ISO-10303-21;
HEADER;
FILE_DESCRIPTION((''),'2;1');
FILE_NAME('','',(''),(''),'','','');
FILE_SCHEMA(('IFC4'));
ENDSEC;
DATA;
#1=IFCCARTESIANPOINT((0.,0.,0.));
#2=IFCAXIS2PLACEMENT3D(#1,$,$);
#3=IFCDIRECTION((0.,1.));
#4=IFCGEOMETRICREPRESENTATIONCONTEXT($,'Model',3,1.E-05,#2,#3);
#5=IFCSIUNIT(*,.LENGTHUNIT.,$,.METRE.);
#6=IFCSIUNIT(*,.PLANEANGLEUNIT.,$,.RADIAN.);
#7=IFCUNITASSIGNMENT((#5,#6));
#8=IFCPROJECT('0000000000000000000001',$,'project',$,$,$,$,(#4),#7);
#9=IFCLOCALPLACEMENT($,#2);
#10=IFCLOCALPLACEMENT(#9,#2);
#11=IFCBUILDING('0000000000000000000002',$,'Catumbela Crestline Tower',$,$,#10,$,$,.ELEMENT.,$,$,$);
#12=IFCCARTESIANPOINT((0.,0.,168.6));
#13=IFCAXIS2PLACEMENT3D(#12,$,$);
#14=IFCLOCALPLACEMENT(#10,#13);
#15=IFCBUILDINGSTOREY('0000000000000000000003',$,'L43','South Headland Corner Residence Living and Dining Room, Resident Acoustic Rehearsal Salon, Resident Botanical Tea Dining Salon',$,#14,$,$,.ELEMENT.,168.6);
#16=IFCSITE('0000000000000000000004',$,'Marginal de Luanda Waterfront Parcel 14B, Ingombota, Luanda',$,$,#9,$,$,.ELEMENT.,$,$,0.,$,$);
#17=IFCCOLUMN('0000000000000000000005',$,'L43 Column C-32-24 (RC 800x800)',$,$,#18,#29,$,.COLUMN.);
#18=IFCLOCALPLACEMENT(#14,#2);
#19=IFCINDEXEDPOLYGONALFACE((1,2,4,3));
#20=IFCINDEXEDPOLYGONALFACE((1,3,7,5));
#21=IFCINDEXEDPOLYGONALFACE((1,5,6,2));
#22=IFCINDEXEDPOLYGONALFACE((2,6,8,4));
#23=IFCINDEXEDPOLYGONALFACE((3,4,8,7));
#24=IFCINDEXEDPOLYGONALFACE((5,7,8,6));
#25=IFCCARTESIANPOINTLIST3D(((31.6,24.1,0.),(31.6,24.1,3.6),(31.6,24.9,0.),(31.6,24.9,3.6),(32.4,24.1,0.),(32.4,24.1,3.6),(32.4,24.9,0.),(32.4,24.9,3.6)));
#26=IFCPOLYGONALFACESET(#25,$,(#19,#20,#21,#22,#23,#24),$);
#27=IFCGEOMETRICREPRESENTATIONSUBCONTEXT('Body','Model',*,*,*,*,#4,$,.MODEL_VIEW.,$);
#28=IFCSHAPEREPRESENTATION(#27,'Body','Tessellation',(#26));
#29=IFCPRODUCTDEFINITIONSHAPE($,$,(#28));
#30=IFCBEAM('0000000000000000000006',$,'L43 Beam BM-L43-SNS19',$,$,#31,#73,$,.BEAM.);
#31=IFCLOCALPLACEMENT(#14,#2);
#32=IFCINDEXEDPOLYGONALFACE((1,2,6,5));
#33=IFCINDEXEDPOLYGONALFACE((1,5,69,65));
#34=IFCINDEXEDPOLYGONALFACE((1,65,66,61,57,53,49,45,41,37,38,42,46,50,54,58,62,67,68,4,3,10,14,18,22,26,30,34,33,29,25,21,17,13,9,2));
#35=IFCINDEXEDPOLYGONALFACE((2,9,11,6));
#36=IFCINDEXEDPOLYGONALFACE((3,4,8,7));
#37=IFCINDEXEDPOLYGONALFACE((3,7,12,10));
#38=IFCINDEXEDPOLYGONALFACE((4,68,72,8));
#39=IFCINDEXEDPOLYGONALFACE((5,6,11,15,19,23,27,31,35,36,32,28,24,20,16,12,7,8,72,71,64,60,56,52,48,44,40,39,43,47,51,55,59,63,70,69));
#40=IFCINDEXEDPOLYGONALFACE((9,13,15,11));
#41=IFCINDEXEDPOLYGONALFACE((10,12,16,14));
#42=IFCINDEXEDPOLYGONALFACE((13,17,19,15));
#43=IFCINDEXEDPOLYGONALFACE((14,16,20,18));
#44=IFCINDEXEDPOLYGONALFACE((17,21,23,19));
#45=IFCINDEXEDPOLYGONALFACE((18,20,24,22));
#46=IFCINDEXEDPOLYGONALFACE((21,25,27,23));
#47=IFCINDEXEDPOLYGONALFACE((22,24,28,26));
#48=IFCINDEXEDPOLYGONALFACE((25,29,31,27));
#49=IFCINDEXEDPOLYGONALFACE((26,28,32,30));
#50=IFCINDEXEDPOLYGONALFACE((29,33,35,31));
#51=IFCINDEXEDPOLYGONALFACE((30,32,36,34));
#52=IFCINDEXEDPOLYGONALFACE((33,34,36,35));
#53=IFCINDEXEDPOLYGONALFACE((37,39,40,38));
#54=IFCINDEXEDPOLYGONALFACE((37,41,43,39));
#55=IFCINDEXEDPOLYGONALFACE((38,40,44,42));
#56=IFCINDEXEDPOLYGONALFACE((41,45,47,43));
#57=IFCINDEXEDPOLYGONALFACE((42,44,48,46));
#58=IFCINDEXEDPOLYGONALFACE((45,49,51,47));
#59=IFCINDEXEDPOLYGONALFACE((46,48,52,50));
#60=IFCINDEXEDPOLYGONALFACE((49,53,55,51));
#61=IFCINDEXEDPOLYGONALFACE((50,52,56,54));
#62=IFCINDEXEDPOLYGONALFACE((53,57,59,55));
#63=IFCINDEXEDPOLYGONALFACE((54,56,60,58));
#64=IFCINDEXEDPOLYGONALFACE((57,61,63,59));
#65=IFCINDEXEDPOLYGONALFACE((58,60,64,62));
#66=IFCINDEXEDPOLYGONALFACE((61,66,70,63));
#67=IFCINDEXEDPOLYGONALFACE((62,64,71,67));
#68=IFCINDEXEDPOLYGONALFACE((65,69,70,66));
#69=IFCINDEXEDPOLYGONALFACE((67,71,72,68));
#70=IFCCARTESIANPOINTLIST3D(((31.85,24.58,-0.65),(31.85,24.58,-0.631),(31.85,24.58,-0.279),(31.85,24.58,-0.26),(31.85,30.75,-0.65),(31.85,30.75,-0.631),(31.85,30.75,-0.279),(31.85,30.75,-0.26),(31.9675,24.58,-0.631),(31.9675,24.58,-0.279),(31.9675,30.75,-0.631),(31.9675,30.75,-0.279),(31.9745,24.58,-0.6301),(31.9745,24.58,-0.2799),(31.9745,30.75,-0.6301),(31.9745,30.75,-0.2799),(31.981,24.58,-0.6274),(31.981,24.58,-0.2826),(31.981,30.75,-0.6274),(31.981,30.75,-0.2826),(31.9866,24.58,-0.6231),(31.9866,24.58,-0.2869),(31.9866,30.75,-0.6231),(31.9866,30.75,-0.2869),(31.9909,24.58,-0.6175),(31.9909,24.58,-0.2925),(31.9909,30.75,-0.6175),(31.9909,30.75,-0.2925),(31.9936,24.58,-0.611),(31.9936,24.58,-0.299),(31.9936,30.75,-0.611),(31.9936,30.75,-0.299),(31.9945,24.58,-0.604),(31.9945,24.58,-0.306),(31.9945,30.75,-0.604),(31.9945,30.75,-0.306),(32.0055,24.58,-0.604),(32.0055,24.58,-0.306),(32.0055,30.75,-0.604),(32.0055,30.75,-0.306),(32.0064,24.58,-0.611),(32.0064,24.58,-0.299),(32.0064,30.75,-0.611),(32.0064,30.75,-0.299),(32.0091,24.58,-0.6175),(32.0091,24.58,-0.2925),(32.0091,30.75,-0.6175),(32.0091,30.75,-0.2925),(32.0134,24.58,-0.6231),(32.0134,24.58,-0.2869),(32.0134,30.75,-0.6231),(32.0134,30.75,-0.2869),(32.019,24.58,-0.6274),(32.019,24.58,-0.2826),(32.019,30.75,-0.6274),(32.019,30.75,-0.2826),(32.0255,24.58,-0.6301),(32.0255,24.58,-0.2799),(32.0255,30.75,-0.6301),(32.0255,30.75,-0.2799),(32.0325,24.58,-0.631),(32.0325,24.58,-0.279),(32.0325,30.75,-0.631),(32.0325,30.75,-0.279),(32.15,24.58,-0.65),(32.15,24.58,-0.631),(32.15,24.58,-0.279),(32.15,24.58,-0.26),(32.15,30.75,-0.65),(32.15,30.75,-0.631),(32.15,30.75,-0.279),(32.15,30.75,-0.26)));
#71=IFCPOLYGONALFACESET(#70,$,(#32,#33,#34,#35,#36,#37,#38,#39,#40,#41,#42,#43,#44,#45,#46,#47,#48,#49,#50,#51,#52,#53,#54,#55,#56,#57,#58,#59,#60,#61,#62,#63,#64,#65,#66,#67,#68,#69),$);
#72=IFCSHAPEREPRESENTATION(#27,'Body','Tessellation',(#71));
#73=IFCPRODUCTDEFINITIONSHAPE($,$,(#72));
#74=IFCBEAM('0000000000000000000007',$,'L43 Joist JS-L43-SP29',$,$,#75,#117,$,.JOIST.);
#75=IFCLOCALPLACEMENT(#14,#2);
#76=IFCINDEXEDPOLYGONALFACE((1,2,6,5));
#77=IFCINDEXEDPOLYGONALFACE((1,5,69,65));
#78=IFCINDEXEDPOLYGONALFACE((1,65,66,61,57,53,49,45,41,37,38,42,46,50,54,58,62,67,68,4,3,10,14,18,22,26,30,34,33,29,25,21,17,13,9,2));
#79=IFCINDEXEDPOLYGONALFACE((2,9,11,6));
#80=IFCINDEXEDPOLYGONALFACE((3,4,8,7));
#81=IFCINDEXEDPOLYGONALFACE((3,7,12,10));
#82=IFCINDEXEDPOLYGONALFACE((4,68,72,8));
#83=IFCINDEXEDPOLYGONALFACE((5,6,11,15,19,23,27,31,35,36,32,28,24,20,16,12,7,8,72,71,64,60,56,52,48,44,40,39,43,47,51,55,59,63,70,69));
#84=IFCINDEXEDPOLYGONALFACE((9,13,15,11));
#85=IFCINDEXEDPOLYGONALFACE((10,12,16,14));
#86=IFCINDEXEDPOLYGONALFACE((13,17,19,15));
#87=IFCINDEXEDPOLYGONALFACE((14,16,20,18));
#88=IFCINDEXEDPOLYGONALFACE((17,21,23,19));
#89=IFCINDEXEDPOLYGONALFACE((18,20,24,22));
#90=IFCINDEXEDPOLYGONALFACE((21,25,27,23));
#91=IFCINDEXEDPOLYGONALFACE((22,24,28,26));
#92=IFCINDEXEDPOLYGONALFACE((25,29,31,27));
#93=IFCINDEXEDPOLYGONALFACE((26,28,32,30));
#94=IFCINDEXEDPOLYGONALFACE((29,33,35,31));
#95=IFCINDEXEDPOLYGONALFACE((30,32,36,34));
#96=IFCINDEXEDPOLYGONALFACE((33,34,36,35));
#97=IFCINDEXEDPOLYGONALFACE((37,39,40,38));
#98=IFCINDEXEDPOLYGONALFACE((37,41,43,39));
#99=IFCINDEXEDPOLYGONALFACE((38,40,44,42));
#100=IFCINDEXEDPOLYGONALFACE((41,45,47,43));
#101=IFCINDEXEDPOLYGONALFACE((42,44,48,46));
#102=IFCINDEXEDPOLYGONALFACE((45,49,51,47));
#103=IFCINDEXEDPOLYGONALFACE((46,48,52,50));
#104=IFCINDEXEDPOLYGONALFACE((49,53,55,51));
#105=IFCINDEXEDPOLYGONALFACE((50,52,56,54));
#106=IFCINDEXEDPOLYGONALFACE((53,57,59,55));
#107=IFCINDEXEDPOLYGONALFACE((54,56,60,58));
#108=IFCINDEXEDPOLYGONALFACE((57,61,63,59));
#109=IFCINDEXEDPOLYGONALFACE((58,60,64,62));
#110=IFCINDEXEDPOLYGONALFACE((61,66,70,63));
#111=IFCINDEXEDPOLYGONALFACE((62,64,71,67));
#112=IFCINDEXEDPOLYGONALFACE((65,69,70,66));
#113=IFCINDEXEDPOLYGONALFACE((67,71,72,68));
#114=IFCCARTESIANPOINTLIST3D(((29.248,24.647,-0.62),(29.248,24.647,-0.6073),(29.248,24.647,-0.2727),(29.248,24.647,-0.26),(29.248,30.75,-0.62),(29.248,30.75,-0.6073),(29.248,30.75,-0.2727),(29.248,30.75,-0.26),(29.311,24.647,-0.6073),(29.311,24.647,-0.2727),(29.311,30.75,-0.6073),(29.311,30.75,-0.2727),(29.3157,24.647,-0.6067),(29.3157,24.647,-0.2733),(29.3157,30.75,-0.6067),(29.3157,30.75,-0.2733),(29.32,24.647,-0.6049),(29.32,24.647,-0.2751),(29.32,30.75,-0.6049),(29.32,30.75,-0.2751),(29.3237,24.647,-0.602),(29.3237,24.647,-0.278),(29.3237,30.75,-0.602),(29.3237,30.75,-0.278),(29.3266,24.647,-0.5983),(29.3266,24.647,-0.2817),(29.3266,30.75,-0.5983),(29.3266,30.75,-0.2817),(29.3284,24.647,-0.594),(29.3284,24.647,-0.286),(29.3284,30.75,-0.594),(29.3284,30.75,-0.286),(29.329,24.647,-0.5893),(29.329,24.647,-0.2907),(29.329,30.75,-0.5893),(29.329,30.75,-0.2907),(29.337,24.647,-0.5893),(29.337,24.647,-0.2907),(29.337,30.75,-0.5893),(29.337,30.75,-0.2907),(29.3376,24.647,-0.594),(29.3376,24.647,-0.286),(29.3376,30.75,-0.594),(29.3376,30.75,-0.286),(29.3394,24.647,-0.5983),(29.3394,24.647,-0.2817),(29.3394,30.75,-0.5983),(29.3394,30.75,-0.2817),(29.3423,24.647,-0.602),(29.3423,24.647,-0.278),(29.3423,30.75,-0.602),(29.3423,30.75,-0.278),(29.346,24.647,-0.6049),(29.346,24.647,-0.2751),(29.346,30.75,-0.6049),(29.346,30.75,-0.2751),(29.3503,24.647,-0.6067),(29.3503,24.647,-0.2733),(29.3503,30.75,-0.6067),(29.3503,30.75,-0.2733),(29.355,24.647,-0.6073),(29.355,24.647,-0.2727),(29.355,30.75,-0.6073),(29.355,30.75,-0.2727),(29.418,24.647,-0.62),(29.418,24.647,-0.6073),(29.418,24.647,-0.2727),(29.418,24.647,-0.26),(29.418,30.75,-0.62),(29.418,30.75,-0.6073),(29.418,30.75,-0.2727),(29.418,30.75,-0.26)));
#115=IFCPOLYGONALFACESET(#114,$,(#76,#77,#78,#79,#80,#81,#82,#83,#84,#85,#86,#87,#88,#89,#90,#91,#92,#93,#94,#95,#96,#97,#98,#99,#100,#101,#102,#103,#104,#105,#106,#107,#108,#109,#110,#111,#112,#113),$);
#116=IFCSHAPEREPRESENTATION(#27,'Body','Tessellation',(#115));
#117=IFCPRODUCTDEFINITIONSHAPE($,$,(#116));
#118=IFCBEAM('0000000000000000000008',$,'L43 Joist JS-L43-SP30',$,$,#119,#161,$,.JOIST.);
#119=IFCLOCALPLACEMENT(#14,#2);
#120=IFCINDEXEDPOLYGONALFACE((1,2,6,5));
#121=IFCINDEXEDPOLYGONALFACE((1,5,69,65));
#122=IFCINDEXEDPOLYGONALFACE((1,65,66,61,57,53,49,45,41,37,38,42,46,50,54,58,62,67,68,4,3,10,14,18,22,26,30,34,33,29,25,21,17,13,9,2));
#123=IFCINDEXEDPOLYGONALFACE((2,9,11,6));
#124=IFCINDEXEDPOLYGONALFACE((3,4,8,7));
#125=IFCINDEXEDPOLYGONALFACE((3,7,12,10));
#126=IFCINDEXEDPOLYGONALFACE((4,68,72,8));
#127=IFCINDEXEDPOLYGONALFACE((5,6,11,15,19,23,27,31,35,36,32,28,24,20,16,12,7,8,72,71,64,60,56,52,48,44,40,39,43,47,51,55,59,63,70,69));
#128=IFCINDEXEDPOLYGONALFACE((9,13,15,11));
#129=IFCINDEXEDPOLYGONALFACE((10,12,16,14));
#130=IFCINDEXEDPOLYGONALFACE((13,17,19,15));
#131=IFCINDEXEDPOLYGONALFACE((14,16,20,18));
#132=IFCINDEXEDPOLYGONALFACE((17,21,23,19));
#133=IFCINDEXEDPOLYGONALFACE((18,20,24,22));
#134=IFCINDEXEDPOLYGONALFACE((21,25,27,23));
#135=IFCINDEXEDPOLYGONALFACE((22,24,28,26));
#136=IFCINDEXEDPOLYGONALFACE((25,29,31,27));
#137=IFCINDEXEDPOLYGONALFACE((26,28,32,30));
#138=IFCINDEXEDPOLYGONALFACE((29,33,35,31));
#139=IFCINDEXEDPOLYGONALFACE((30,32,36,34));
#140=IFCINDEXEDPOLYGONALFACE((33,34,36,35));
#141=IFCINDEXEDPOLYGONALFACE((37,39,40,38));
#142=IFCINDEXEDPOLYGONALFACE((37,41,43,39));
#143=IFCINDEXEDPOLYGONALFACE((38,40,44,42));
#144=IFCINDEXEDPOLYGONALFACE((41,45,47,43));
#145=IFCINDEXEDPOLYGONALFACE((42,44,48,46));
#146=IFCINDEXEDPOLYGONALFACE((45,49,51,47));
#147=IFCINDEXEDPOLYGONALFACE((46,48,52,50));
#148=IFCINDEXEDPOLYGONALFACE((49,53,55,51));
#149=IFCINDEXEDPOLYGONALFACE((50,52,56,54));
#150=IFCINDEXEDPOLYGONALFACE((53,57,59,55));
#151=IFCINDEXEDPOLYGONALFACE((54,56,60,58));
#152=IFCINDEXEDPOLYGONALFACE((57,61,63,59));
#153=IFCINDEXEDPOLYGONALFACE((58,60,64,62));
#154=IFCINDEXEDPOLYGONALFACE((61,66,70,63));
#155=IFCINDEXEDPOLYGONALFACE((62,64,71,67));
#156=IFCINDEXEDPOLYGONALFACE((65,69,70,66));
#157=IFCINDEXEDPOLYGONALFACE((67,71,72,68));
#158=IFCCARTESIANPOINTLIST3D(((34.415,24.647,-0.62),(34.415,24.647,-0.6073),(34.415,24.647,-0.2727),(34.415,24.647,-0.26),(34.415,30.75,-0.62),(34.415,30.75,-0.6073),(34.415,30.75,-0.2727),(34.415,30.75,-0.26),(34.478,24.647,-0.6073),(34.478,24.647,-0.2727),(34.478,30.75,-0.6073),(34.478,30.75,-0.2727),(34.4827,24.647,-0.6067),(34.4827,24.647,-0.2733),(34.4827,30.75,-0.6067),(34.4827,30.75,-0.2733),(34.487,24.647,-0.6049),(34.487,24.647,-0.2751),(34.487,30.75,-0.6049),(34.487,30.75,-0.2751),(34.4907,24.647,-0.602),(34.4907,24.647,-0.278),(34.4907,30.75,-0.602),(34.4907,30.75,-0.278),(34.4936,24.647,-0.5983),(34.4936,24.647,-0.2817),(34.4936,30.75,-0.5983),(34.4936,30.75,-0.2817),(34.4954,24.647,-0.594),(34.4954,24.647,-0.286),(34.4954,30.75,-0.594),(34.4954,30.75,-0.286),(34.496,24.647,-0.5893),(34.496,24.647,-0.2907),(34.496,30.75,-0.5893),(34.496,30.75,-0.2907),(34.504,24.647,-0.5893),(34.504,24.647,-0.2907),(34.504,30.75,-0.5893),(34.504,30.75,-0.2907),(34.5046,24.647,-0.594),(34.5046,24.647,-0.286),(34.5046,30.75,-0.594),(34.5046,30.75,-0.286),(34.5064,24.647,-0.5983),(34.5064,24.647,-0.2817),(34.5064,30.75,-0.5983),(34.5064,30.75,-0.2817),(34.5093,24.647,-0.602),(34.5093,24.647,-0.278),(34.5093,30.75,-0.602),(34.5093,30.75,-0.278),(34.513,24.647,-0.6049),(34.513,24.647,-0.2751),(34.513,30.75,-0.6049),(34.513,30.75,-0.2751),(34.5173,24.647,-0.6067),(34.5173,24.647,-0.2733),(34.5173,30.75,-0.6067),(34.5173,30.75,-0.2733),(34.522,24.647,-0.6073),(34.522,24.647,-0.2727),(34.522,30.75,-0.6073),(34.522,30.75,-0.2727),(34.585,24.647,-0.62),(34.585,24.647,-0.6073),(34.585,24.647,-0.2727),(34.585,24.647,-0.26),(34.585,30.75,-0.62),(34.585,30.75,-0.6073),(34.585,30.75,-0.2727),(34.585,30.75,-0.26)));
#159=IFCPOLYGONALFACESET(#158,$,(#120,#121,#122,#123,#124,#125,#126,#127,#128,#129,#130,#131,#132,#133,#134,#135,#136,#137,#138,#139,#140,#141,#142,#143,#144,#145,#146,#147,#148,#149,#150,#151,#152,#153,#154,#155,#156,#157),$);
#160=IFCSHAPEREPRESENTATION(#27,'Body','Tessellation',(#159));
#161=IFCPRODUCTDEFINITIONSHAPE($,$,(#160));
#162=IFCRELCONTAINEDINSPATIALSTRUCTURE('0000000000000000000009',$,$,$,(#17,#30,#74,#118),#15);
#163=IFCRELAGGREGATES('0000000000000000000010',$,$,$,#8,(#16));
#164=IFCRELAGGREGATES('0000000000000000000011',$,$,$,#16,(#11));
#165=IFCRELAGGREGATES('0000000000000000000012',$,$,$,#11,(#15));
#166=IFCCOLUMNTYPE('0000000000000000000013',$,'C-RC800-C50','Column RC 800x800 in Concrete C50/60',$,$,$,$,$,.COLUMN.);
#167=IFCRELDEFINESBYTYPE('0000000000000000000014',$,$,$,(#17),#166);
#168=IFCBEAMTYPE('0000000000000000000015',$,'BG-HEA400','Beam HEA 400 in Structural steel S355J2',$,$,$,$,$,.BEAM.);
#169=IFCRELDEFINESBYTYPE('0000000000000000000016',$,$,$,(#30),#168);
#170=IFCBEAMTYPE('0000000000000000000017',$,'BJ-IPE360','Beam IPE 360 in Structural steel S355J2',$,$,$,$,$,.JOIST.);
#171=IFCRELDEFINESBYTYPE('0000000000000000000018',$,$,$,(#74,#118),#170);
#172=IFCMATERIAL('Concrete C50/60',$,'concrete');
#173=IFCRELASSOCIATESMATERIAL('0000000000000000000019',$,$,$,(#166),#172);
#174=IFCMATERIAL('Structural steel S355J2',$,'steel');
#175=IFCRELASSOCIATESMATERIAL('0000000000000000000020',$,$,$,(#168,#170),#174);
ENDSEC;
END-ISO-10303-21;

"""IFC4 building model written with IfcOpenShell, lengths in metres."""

from ifc_helpers import new_model, si_unit, direction, frame, origin, origin_2d, place, context, subcontext, project, spatial, rectangle, i_section, extrude, material, material_profile, profile_set, type_object, element, save


model = new_model("IFC4")

# Units and contexts
model_context = context("Model", 3, precision=1e-05, world=origin(), true_north=direction((0.0, 1.0)))
body_context = subcontext(model_context, "Body", "Model", "MODEL_VIEW")
ifc_project = project(units=[si_unit("LENGTHUNIT", "METRE"), si_unit("PLANEANGLEUNIT", "RADIAN")], contexts=[model_context])

# Site, building, storey
site_placement = place(None, origin())
site = spatial("IfcSite", under=ifc_project, at=site_placement, Name="Marginal de Luanda Waterfront Parcel 14B, Ingombota, Luanda", CompositionType="ELEMENT", RefElevation=0.0)
building_placement = place(site_placement, origin())
building = spatial("IfcBuilding", under=site, at=building_placement, Name="Catumbela Crestline Tower", CompositionType="ELEMENT")
storey_placement = place(building_placement, frame((0.0, 0.0, 168.6)))
storey = spatial("IfcBuildingStorey", under=building, at=storey_placement, Name="L43", Description="South Headland Corner Residence Living and Dining Room, Resident Acoustic Rehearsal Salon, Resident Botanical Tea Dining Salon", CompositionType="ELEMENT", Elevation=168.6)

# Column
ifc_material_1 = material(Name="Concrete C50/60", Category="concrete")
ifc_material_profile_1 = material_profile(ifc_material_1, rectangle(XDim=0.8, YDim=0.8, at=origin_2d()), Name="RC 800x800")
ifc_profile_set_1 = profile_set([ifc_material_profile_1], Name="Concrete C50/60")
column_type = type_object("IfcColumnType", Name="C-RC800-C50", Description="Column RC 800x800 in Concrete C50/60", PredefinedType="COLUMN", material=ifc_profile_set_1)
column_placement = place(storey_placement, frame((32.0, 24.5, 0.0), z_axis=(0.0, 0.0, 1.0), x_axis=(1.0, 0.0, 0.0)))
element("IfcColumn", 1, at=column_placement, inside=storey, type_object=column_type, Name="L43 Column C-32-24 (RC 800x800)", PredefinedType="COLUMN", context=body_context, shape_type="SweptSolid", body=[
    extrude(rectangle(XDim=0.8, YDim=0.8, at=origin_2d()), origin(), (0.0, 0.0, 1.0), 3.6),
])

# Beams
ifc_material_2 = material(Name="Structural steel S355J2", Category="steel")
ifc_material_profile_2 = material_profile(ifc_material_2, i_section(OverallWidth=0.3, OverallDepth=0.39, WebThickness=0.011, FlangeThickness=0.019, FilletRadius=0.027, at=origin_2d()), Name="HEA 400")
ifc_profile_set_2 = profile_set([ifc_material_profile_2], Name="Structural steel S355J2")
beam_type_1 = type_object("IfcBeamType", Name="BG-HEA400", Description="Beam HEA 400 in Structural steel S355J2", PredefinedType="BEAM", material=ifc_profile_set_2)
beam_1_placement = place(storey_placement, frame((32.0, 24.58, -0.455), z_axis=(0.0, 1.0, 0.0), x_axis=(-1.0, 0.0, 0.0)))
element("IfcBeam", 2, at=beam_1_placement, inside=storey, type_object=beam_type_1, Name="L43 Beam BM-L43-SNS19", PredefinedType="BEAM", context=body_context, shape_type="SweptSolid", body=[
    extrude(i_section(OverallWidth=0.3, OverallDepth=0.39, WebThickness=0.011, FlangeThickness=0.019, FilletRadius=0.027, at=origin_2d()), origin(), (0.0, 0.0, 1.0), 6.17),
])
ifc_material_profile_3 = material_profile(ifc_material_2, i_section(OverallWidth=0.17, OverallDepth=0.36, WebThickness=0.008, FlangeThickness=0.0127, FilletRadius=0.018, at=origin_2d()), Name="IPE 360")
ifc_profile_set_3 = profile_set([ifc_material_profile_3], Name="Structural steel S355J2")
beam_type_2 = type_object("IfcBeamType", Name="BJ-IPE360", Description="Beam IPE 360 in Structural steel S355J2", PredefinedType="JOIST", material=ifc_profile_set_3)
for number, where, z_axis, x_axis, name in (
    (3, (29.333, 24.647, -0.44), (0.0, 1.0, 0.0), (-1.0, 0.0, 0.0), "L43 Joist JS-L43-SP29"),
    (4, (34.5, 24.647, -0.44), (0.0, 1.0, 0.0), (-1.0, 0.0, 0.0), "L43 Joist JS-L43-SP30"),
):
    element("IfcBeam", number, at=place(storey_placement, frame(where, z_axis=z_axis, x_axis=x_axis)), inside=storey, type_object=beam_type_2, Name=name, PredefinedType="JOIST", context=body_context, shape_type="SweptSolid", body=[
        extrude(i_section(OverallWidth=0.17, OverallDepth=0.36, WebThickness=0.008, FlangeThickness=0.0127, FilletRadius=0.018, at=origin_2d()), origin(), (0.0, 0.0, 1.0), 6.103),
    ])

save(model, "model.ifc")
